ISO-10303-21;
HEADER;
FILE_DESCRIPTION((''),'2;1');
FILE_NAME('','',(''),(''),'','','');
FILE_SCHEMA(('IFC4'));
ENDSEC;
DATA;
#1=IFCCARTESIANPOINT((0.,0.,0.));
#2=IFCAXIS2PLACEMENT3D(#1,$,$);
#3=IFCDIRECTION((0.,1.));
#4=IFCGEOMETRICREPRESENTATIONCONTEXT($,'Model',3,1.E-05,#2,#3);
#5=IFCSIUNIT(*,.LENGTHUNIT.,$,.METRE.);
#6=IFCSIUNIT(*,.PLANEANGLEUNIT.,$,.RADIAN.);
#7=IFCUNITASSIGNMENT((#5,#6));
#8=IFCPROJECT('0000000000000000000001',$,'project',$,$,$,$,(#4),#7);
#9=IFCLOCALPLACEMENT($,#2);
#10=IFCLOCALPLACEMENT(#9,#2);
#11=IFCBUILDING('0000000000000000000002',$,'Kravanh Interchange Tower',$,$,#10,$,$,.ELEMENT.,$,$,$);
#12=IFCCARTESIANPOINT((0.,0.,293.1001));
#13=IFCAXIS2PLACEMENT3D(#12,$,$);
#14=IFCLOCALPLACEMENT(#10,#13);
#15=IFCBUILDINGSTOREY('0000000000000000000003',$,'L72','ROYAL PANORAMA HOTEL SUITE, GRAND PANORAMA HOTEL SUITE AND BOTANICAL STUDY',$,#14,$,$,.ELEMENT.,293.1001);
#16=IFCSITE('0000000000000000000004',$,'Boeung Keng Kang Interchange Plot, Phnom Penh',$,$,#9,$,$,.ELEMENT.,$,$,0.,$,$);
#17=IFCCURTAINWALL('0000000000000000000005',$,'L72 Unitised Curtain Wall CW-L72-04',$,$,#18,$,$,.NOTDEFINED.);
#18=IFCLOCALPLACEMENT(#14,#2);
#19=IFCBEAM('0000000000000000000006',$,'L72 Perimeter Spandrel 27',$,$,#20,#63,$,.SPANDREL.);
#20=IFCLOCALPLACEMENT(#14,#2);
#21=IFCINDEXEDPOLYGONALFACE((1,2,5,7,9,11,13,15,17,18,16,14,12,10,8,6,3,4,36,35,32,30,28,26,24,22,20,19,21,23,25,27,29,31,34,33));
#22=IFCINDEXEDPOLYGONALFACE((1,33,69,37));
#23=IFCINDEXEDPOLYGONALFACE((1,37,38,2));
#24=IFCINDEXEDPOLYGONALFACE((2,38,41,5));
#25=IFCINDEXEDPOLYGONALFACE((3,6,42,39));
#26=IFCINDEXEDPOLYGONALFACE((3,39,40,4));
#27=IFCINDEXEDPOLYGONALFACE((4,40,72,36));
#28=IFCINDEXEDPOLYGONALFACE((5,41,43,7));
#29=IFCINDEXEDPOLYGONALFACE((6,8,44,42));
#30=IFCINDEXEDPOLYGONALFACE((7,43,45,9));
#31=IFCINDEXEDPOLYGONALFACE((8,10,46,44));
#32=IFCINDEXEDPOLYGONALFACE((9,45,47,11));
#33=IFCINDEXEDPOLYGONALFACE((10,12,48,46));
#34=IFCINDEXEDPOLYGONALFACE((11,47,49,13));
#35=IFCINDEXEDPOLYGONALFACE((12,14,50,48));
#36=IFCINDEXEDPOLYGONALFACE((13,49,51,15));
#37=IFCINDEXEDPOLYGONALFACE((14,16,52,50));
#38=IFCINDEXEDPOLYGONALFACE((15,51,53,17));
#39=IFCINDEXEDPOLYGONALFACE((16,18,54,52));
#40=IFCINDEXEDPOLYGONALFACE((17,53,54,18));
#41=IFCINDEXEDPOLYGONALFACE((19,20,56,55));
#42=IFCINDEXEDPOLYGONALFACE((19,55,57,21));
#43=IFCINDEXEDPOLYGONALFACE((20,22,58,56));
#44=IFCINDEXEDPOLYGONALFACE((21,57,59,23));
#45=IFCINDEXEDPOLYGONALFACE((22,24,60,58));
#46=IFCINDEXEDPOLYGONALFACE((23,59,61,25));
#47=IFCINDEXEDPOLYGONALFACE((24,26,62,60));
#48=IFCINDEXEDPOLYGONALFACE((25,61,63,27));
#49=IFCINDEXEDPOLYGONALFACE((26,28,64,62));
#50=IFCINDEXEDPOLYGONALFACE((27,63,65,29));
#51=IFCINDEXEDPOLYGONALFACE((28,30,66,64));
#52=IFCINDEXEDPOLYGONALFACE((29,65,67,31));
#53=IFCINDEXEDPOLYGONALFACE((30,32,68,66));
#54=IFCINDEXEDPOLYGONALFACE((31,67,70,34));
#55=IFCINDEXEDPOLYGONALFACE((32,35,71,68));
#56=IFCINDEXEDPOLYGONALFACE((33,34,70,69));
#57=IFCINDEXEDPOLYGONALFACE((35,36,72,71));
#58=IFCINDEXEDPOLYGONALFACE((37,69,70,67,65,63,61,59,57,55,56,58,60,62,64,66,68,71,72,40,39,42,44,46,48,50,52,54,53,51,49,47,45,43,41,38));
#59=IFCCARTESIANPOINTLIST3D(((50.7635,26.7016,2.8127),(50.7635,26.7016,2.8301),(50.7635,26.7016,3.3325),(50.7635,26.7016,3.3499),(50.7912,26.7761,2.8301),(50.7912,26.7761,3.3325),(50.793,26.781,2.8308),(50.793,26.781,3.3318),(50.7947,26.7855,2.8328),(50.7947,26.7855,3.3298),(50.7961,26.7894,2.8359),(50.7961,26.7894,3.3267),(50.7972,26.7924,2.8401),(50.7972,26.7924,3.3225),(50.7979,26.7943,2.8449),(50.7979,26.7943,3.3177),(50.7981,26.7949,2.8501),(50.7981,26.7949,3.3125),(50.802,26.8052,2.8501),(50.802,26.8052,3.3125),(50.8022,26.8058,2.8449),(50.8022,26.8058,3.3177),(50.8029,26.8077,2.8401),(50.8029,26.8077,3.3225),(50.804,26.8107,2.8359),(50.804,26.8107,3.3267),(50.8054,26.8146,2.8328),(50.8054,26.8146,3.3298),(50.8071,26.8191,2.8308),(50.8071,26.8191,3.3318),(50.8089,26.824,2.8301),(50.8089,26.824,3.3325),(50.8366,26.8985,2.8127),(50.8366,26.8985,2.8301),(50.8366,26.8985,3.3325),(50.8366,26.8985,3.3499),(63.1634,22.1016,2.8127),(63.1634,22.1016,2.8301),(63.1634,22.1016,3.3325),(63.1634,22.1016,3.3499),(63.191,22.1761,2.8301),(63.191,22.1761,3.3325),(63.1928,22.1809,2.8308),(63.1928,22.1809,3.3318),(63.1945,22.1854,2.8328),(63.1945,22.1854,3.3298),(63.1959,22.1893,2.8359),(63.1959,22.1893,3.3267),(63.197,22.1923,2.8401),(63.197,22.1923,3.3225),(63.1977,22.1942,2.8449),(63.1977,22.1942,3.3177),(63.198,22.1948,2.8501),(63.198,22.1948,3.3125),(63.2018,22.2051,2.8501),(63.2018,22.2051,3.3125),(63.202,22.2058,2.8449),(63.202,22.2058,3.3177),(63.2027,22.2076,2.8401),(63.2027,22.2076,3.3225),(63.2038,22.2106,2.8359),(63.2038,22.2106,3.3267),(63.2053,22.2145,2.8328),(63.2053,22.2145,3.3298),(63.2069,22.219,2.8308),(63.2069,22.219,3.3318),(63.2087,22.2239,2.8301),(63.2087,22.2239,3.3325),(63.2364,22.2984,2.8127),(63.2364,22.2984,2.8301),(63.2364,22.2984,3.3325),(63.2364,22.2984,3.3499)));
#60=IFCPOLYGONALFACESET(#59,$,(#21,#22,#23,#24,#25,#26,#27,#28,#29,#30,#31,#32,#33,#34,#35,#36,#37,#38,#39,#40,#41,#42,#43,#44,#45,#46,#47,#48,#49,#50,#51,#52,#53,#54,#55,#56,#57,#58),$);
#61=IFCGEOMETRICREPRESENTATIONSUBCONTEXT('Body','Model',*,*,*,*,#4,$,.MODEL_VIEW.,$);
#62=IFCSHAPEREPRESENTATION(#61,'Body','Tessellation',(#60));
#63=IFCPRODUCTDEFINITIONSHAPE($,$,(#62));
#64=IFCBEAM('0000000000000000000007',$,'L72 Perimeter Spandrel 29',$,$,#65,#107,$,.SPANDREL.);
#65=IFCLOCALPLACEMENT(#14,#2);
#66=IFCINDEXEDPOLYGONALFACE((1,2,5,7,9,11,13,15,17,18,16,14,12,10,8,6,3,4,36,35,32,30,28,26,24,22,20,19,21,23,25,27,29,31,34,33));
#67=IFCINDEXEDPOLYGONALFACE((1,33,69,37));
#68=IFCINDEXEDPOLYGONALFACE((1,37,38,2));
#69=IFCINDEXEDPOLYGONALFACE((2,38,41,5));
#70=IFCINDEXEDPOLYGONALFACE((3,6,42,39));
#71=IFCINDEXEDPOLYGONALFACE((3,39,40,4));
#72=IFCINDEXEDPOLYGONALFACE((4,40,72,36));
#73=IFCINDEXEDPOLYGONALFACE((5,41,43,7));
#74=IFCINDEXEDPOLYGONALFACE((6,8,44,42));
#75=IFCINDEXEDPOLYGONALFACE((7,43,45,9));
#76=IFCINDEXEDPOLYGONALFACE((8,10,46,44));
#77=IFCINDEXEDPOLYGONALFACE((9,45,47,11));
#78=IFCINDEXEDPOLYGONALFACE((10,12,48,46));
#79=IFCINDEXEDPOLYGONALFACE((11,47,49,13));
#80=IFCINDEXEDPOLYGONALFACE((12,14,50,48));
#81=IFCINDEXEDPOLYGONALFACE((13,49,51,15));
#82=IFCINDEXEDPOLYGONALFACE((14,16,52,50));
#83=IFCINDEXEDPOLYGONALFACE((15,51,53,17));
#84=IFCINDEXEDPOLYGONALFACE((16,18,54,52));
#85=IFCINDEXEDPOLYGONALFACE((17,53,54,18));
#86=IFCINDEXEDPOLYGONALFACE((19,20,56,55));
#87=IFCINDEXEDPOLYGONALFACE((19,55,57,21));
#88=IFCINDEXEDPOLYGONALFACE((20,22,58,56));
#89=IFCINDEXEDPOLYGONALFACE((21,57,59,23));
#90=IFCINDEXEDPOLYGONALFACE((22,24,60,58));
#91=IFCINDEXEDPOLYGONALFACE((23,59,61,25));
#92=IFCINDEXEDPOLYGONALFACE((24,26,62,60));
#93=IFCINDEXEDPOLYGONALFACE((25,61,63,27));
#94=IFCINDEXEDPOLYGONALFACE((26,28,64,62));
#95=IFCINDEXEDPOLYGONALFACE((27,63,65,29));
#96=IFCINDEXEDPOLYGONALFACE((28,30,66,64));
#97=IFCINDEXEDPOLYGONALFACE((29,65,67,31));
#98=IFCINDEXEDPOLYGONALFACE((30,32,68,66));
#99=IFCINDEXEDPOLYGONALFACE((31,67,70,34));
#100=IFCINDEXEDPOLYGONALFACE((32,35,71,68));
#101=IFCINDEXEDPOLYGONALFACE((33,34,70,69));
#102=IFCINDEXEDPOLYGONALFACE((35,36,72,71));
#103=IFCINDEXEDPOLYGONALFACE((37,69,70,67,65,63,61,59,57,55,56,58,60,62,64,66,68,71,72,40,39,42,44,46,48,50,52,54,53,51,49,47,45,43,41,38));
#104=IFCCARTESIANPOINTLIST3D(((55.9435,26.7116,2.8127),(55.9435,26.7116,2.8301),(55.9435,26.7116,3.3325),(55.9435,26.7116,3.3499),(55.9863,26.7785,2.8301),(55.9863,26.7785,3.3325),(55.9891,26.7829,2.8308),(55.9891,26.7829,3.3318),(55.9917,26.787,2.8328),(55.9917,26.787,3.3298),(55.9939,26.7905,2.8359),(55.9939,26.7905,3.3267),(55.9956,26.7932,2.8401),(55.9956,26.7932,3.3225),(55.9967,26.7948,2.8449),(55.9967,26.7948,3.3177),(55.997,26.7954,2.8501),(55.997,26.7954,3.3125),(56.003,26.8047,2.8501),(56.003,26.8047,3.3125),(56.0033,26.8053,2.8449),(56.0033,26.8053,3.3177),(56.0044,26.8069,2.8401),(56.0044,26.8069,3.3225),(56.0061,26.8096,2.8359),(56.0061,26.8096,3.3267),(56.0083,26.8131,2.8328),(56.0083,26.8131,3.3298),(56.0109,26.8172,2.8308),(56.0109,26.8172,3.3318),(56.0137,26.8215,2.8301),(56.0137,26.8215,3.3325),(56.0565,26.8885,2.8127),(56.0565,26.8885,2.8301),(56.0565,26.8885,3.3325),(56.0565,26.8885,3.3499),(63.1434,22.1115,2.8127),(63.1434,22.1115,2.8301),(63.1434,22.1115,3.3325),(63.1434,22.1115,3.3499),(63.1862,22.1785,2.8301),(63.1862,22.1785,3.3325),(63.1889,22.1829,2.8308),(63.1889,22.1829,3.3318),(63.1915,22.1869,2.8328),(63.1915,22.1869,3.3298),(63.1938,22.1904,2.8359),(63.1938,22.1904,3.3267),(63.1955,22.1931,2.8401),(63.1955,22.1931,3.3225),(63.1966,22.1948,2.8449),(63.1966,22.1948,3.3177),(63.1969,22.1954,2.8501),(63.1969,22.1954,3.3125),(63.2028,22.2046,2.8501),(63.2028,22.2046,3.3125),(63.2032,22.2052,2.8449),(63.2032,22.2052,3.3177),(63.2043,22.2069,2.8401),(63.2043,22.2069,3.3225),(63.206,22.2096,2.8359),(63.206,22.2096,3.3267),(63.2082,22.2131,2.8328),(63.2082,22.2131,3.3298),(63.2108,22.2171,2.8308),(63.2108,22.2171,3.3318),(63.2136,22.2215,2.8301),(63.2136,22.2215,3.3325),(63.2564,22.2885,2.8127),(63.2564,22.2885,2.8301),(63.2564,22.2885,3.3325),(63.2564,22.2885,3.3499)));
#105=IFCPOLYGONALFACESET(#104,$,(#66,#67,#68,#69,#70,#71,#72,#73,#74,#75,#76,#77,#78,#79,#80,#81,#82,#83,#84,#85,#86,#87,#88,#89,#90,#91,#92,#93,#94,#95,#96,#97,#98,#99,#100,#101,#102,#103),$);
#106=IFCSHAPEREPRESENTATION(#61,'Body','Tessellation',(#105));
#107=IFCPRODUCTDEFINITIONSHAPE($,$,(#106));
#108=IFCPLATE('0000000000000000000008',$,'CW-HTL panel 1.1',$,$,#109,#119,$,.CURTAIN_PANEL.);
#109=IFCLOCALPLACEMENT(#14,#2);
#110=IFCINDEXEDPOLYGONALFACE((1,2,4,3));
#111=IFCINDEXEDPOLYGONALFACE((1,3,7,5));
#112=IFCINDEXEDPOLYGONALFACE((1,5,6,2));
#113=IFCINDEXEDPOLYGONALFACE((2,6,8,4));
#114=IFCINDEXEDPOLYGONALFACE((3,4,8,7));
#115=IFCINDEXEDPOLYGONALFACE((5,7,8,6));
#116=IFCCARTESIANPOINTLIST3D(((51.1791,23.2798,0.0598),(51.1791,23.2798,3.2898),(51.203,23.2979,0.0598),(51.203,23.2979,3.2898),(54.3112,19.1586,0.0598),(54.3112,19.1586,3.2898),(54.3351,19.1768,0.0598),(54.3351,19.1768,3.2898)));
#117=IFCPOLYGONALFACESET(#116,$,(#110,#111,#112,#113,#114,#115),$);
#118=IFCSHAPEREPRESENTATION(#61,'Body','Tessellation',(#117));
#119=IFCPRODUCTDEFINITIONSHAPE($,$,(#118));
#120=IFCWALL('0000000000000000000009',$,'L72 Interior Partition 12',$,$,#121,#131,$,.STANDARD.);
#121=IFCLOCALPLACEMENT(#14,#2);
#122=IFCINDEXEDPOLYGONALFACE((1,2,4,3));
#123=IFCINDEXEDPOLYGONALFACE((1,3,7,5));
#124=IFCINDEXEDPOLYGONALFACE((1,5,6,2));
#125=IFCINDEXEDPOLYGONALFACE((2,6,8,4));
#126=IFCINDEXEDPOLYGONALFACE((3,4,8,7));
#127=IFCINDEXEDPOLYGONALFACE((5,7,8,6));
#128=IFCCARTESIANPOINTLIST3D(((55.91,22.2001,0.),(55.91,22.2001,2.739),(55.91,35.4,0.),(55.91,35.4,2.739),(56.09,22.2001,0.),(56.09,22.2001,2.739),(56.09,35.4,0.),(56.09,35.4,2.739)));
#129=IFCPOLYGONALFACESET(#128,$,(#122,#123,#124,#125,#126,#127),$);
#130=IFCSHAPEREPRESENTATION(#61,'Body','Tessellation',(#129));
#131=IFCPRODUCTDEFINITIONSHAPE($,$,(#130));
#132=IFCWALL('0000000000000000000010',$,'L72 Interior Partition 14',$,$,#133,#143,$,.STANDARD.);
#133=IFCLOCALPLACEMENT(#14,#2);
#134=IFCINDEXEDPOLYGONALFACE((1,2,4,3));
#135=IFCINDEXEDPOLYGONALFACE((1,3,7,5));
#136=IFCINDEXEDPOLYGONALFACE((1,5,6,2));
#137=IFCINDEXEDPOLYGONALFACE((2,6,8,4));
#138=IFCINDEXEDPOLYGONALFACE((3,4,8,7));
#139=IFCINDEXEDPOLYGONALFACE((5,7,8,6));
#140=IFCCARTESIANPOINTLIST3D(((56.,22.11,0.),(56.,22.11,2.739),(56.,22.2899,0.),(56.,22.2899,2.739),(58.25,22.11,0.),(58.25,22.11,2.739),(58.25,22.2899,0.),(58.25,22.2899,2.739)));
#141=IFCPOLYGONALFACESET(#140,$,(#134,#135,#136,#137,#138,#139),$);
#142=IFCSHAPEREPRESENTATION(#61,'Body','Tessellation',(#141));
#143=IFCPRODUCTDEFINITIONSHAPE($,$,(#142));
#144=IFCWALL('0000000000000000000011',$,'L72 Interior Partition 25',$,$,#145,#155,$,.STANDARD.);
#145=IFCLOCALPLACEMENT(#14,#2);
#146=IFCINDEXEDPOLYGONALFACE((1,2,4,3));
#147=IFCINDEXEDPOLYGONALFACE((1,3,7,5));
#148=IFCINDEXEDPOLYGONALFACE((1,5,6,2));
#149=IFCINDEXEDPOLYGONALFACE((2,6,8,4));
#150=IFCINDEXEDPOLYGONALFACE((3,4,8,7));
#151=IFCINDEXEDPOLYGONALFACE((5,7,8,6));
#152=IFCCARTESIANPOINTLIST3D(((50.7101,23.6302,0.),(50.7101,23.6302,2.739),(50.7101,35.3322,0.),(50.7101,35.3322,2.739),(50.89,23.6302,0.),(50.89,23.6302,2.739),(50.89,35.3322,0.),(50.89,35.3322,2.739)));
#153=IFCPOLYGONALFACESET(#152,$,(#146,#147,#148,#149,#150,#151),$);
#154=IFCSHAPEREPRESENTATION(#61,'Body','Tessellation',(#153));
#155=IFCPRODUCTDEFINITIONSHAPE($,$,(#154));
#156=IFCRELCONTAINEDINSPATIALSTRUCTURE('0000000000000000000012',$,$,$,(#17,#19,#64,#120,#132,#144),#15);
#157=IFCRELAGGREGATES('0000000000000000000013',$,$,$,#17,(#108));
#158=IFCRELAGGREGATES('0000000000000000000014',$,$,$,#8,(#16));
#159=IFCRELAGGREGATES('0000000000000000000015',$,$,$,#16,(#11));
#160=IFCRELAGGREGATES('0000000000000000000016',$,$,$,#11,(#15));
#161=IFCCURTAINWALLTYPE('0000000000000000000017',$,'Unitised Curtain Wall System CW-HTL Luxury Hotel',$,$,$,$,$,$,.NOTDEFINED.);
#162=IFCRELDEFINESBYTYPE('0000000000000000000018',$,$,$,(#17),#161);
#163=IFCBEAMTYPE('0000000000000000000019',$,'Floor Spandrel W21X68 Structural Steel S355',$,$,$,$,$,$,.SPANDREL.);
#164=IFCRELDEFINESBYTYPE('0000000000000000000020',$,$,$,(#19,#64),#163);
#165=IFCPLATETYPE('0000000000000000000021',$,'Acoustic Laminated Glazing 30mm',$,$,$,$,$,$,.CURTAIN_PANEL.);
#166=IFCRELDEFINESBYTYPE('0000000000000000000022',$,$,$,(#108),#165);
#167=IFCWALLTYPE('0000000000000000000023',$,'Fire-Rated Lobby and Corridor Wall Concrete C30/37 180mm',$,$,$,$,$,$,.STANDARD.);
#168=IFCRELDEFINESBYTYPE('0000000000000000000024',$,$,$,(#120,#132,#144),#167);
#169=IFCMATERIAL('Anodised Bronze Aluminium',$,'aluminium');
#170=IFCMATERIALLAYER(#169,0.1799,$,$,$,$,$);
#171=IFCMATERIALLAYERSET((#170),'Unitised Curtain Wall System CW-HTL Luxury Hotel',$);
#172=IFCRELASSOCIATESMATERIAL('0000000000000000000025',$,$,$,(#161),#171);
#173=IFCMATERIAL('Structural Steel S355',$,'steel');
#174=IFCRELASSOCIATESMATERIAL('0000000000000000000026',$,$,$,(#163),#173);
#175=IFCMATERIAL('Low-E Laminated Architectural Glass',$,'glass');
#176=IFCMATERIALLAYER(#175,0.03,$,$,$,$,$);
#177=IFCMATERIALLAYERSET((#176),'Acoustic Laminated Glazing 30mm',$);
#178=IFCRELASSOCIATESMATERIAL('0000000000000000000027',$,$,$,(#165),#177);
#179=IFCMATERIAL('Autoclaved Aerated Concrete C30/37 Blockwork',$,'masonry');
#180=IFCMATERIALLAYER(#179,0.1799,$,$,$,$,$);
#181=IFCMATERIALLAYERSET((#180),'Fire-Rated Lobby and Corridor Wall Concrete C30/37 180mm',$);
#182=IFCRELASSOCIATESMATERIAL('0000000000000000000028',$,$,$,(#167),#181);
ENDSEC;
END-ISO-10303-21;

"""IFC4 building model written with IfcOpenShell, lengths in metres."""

from ifc_helpers import new_model, si_unit, direction, frame, frame_2d, origin, origin_2d, place, context, subcontext, project, spatial, rectangle, i_section, extrude, material, layer, layer_set, material_profile, profile_set, type_object, element, aggregate, save


model = new_model("IFC4")

# Units and contexts
model_context = context("Model", 3, precision=1e-05, world=origin(), true_north=direction((0.0, 1.0)))
body_context = subcontext(model_context, "Body", "Model", "MODEL_VIEW")
ifc_project = project(units=[si_unit("LENGTHUNIT", "METRE"), si_unit("PLANEANGLEUNIT", "RADIAN")], contexts=[model_context])

# Site, building, storey
site_placement = place(None, origin())
site = spatial("IfcSite", under=ifc_project, at=site_placement, Name="Boeung Keng Kang Interchange Plot, Phnom Penh", CompositionType="ELEMENT", RefElevation=0.0)
building_placement = place(site_placement, origin())
building = spatial("IfcBuilding", under=site, at=building_placement, Name="Kravanh Interchange Tower", CompositionType="ELEMENT")
storey_placement = place(building_placement, frame((0.0, 0.0, 293.1001)))
storey = spatial("IfcBuildingStorey", under=building, at=storey_placement, Name="L72", Description="ROYAL PANORAMA HOTEL SUITE, GRAND PANORAMA HOTEL SUITE AND BOTANICAL STUDY", CompositionType="ELEMENT", Elevation=293.1001)

# Shared definitions
ifc_material_1 = material(Name="Anodised Bronze Aluminium", Category="aluminium")
ifc_layer_1 = layer(ifc_material_1, 0.1799)
ifc_layer_set_1 = layer_set([ifc_layer_1], Name="Unitised Curtain Wall System CW-HTL Luxury Hotel")
curtain_wall_type = type_object("IfcCurtainWallType", Name="Unitised Curtain Wall System CW-HTL Luxury Hotel", PredefinedType="NOTDEFINED", material=ifc_layer_set_1)

# Curtain wall
curtain_wall_1_placement = place(storey_placement, origin())
curtain_wall_1 = element("IfcCurtainWall", 1, at=curtain_wall_1_placement, inside=storey, type_object=curtain_wall_type, Name="L72 Unitised Curtain Wall CW-L72-04", PredefinedType="NOTDEFINED")

# Beams
ifc_material_2 = material(Name="Structural Steel S355", Category="steel")
ifc_material_profile_1 = material_profile(ifc_material_2, i_section(OverallWidth=0.21, OverallDepth=0.5371, WebThickness=0.011, FlangeThickness=0.0173, FilletRadius=0.02, at=origin_2d()), Name="W21X68")
ifc_profile_set_1 = profile_set([ifc_material_profile_1], Name="Structural Steel S355")
beam_type_1 = type_object("IfcBeamType", Name="Floor Spandrel W21X68 Structural Steel S355", PredefinedType="SPANDREL", material=ifc_profile_set_1)
beam_1_placement = place(storey_placement, frame((50.8, 26.8, 3.0813), z_axis=(0.937563, -0.347816, 0.0), x_axis=(0.347816, 0.937563, 0.0)))
element("IfcBeam", 2, at=beam_1_placement, inside=storey, type_object=beam_type_1, Name="L72 Perimeter Spandrel 27", PredefinedType="SPANDREL", context=body_context, shape_type="SweptSolid", body=[
    extrude(i_section(OverallWidth=0.21, OverallDepth=0.5371, WebThickness=0.011, FlangeThickness=0.0173, FilletRadius=0.02, at=origin_2d()), origin(), (0.0, 0.0, 1.0), 13.2256),
])
beam_2_placement = place(storey_placement, frame((56.0, 26.8, 3.0813), z_axis=(0.842689, -0.5384, 0.0), x_axis=(0.5384, 0.842689, 0.0)))
element("IfcBeam", 3, at=beam_2_placement, inside=storey, type_object=beam_type_1, Name="L72 Perimeter Spandrel 29", PredefinedType="SPANDREL", context=body_context, shape_type="SweptSolid", body=[
    extrude(i_section(OverallWidth=0.21, OverallDepth=0.5371, WebThickness=0.011, FlangeThickness=0.0173, FilletRadius=0.02, at=origin_2d()), origin(), (0.0, 0.0, 1.0), 8.5439),
])

# Plate
ifc_material_3 = material(Name="Low-E Laminated Architectural Glass", Category="glass")
ifc_layer_2 = layer(ifc_material_3, 0.03)
ifc_layer_set_2 = layer_set([ifc_layer_2], Name="Acoustic Laminated Glazing 30mm")
plate_type = type_object("IfcPlateType", Name="Acoustic Laminated Glazing 30mm", PredefinedType="CURTAIN_PANEL", material=ifc_layer_set_2)
plate_placement = place(storey_placement, frame((52.7571, 21.2283, 0.0598), z_axis=(0.0, 0.0, 1.0), x_axis=(-0.605083, 0.796162, 0.0)))
plate = element("IfcPlate", 4, at=plate_placement, type_object=plate_type, Name="CW-HTL panel 1.1", PredefinedType="CURTAIN_PANEL", context=body_context, shape_type="SweptSolid", body=[
    extrude(rectangle(XDim=5.1763, YDim=0.03, at=origin_2d()), origin(), (0.0, 0.0, 1.0), 3.23),
])
aggregate(curtain_wall_1, [plate])

# Walls
ifc_material_4 = material(Name="Autoclaved Aerated Concrete C30/37 Blockwork", Category="masonry")
ifc_layer_3 = layer(ifc_material_4, 0.1799)
ifc_layer_set_3 = layer_set([ifc_layer_3], Name="Fire-Rated Lobby and Corridor Wall Concrete C30/37 180mm")
wall_type = type_object("IfcWallType", Name="Fire-Rated Lobby and Corridor Wall Concrete C30/37 180mm", PredefinedType="STANDARD", material=ifc_layer_set_3)
wall_1_placement = place(storey_placement, frame((56.0, 22.2, 0.0), z_axis=(0.0, 0.0, 1.0), x_axis=(0.0, 1.0, 0.0)))
element("IfcWall", 5, at=wall_1_placement, inside=storey, type_object=wall_type, Name="L72 Interior Partition 12", PredefinedType="STANDARD", context=body_context, shape_type="SweptSolid", body=[
    extrude(rectangle(XDim=13.2, YDim=0.1799, at=frame_2d((6.6001, 0.0))), origin(), (0.0, 0.0, 1.0), 2.739),
])
wall_2_placement = place(storey_placement, frame((56.0, 22.2, 0.0), z_axis=(0.0, 0.0, 1.0), x_axis=(1.0, 0.0, 0.0)))
element("IfcWall", 6, at=wall_2_placement, inside=storey, type_object=wall_type, Name="L72 Interior Partition 14", PredefinedType="STANDARD", context=body_context, shape_type="SweptSolid", body=[
    extrude(rectangle(XDim=2.25, YDim=0.1799, at=frame_2d((1.125, 0.0))), origin(), (0.0, 0.0, 1.0), 2.739),
])
wall_3_placement = place(storey_placement, frame((50.8, 23.6301, 0.0), z_axis=(0.0, 0.0, 1.0), x_axis=(0.0, 1.0, 0.0)))
element("IfcWall", 7, at=wall_3_placement, inside=storey, type_object=wall_type, Name="L72 Interior Partition 25", PredefinedType="STANDARD", context=body_context, shape_type="SweptSolid", body=[
    extrude(rectangle(XDim=11.7019, YDim=0.1799, at=frame_2d((5.8511, 0.0))), origin(), (0.0, 0.0, 1.0), 2.739),
])

save(model, "model.ifc")
